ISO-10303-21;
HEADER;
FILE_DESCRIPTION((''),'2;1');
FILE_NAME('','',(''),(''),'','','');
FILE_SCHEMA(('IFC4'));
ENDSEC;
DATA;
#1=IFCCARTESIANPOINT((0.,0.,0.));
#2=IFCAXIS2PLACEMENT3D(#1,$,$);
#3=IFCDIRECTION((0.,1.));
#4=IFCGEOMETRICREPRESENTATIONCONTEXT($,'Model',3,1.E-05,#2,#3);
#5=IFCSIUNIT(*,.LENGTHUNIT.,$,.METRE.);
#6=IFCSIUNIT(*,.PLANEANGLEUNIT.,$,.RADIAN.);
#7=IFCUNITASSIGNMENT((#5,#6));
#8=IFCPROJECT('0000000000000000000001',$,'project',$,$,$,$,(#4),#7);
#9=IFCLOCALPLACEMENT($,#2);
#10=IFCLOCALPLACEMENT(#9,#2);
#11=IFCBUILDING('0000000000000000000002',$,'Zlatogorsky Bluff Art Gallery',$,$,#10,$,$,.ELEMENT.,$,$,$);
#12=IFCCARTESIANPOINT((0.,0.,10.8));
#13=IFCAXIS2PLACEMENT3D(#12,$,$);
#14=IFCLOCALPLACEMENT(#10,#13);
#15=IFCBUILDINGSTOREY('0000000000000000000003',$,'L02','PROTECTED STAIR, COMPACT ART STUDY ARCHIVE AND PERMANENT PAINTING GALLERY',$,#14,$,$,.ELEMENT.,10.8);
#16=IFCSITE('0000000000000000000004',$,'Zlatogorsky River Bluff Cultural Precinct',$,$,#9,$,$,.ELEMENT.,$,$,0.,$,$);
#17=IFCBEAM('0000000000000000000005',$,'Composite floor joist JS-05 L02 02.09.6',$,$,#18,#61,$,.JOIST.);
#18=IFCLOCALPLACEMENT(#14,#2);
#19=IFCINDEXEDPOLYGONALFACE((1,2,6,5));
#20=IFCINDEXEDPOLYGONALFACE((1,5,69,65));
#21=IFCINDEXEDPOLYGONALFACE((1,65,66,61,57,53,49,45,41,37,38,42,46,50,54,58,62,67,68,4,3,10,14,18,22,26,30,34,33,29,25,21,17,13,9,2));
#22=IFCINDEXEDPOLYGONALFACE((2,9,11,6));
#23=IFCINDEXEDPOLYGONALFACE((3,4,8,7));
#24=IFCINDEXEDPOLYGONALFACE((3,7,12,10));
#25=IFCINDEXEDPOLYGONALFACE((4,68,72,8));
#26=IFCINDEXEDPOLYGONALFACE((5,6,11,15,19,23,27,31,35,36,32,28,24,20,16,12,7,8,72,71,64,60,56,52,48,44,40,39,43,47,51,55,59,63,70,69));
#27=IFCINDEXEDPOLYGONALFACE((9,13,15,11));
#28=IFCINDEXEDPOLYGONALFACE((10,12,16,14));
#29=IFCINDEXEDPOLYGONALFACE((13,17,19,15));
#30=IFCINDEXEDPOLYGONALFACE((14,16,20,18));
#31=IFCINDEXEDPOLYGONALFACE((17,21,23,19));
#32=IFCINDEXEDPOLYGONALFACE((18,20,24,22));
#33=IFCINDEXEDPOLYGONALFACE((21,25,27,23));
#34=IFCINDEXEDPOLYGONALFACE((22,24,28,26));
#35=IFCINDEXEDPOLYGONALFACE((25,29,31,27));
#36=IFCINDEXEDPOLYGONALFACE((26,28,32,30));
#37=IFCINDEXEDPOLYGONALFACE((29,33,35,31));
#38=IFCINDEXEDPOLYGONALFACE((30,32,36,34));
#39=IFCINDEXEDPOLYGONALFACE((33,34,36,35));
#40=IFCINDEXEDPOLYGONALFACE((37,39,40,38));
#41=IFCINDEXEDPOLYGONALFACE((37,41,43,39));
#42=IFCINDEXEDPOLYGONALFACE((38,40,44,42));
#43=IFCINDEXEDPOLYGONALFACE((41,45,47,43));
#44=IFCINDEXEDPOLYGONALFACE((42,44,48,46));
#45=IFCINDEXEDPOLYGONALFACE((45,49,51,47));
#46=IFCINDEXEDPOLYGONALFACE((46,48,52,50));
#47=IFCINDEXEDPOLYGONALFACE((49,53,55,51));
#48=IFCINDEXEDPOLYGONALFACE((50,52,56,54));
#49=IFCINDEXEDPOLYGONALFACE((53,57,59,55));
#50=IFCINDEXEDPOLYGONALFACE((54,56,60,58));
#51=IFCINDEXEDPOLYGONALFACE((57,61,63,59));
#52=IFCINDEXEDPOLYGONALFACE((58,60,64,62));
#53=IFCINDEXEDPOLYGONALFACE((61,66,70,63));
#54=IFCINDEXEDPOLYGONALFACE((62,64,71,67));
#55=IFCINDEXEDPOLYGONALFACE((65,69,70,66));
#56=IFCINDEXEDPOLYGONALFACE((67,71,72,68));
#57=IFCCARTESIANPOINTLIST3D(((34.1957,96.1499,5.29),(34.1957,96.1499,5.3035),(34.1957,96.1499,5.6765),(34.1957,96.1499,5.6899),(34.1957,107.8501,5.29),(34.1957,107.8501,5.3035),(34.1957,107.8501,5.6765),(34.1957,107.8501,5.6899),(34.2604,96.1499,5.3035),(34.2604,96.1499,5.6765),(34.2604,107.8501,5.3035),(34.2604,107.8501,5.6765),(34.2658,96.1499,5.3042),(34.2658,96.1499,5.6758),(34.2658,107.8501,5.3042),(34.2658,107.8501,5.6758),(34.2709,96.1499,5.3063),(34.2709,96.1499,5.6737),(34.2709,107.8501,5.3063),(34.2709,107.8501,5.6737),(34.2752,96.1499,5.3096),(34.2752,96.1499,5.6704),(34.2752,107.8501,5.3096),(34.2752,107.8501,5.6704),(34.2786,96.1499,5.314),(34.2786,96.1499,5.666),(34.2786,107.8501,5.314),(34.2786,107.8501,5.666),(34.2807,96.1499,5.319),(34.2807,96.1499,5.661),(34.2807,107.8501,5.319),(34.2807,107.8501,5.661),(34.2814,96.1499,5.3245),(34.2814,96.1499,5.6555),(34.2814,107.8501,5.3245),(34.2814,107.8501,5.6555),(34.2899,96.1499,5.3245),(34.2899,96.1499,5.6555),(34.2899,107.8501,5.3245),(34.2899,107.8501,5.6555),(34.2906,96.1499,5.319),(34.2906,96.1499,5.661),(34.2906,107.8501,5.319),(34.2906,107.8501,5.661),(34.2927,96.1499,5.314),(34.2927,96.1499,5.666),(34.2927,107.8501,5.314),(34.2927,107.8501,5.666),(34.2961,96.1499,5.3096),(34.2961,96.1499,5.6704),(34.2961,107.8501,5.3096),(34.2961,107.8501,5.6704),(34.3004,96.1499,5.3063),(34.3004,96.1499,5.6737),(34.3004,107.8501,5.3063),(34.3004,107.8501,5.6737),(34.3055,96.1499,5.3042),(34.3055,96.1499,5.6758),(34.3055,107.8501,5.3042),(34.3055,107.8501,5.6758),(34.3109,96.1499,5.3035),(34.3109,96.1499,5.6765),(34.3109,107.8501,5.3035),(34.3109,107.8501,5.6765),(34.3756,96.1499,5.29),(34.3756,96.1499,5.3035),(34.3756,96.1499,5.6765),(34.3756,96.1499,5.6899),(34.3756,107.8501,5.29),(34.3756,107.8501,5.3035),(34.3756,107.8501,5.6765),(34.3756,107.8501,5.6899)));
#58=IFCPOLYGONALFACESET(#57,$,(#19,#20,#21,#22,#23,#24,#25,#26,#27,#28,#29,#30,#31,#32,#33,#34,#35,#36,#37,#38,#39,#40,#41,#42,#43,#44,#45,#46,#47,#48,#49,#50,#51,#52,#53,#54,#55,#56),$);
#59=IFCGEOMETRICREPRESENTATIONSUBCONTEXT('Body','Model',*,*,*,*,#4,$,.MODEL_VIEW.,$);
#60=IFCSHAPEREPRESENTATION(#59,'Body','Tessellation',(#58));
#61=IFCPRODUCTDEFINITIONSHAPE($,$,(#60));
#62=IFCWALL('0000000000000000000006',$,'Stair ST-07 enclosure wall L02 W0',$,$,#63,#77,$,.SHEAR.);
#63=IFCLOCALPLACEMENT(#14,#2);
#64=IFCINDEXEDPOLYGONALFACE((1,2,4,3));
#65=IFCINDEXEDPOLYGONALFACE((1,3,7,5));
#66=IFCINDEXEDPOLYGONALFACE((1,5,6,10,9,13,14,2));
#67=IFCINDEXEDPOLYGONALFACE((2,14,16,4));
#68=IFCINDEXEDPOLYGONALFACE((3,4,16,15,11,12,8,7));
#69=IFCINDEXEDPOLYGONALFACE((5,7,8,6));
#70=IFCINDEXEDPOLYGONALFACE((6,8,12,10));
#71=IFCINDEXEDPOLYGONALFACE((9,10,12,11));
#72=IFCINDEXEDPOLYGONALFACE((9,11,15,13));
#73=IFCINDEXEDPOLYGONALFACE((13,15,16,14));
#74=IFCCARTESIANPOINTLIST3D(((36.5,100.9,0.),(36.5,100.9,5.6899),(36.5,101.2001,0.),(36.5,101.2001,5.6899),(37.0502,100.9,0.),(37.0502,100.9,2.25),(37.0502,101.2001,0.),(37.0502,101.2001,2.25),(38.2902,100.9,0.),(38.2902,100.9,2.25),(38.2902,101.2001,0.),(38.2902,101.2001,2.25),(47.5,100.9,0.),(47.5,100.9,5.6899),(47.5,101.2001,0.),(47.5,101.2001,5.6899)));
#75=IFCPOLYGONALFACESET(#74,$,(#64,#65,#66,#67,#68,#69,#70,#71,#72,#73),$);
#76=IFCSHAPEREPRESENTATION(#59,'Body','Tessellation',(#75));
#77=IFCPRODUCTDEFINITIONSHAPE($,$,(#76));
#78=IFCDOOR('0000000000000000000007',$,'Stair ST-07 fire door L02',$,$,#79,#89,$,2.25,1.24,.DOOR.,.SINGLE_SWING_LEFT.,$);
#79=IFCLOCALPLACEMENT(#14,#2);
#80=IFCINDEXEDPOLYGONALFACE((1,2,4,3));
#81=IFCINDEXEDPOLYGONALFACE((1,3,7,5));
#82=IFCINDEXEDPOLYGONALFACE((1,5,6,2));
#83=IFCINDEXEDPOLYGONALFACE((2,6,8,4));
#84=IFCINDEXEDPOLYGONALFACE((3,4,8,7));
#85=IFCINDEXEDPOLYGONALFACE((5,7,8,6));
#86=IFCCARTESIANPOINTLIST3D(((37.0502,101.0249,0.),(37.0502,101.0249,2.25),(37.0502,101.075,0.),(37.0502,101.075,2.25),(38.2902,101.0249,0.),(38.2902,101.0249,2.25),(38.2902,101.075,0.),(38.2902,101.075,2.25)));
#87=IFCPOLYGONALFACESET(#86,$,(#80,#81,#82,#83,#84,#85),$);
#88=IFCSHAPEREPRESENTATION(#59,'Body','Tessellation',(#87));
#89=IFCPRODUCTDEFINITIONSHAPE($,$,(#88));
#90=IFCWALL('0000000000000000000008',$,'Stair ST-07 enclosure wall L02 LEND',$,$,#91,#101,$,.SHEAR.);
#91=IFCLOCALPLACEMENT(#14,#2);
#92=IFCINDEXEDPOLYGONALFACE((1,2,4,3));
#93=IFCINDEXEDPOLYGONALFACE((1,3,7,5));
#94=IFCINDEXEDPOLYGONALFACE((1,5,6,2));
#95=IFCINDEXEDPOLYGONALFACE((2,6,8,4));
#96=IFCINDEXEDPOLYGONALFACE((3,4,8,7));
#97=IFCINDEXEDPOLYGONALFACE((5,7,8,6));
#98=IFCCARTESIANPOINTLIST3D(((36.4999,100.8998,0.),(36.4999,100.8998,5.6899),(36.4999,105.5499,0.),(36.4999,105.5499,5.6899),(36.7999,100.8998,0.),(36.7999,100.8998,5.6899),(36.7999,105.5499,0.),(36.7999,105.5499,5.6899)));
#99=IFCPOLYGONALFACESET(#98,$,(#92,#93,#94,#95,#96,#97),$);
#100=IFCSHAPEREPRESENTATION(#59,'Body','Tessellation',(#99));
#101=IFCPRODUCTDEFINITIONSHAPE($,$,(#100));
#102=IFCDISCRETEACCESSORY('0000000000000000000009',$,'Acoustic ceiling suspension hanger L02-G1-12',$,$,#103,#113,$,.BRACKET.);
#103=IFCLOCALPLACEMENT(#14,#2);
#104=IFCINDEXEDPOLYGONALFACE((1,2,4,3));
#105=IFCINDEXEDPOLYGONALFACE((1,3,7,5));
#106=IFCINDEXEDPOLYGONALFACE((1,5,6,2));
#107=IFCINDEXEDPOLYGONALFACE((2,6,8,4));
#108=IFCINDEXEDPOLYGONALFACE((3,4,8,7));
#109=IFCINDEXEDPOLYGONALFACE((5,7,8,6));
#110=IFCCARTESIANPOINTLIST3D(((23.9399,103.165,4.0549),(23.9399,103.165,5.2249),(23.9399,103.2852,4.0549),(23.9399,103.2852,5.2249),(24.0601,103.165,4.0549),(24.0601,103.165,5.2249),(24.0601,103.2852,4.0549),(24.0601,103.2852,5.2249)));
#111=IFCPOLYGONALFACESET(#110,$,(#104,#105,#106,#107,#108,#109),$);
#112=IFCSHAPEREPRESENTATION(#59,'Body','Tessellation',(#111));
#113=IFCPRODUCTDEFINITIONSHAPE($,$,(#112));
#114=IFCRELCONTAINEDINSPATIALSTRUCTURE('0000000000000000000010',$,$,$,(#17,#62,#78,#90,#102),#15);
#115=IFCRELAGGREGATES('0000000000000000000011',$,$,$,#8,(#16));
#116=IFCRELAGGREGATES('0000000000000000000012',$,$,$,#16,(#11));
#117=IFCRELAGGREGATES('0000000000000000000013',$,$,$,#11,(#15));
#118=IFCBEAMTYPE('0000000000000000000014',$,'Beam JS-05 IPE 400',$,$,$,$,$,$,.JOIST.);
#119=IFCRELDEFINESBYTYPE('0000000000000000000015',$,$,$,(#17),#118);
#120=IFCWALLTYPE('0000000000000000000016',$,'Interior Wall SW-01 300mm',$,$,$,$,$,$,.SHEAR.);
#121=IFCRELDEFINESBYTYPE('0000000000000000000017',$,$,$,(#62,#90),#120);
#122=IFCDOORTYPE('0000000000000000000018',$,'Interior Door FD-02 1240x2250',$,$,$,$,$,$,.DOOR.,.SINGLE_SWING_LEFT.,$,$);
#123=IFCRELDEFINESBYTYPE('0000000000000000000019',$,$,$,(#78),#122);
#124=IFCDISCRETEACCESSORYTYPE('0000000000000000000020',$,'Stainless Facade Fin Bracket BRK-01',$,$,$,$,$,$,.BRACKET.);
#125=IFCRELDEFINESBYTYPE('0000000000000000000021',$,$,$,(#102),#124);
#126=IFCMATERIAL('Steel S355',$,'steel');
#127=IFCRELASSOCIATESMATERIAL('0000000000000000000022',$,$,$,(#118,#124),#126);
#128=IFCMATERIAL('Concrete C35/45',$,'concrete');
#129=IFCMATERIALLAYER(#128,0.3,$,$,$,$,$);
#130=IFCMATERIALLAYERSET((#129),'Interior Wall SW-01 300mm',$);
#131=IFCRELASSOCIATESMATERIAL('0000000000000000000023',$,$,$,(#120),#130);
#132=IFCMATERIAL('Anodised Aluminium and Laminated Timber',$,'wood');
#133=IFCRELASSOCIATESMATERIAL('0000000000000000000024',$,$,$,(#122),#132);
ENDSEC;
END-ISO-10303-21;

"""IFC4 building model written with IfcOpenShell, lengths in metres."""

from ifc_helpers import new_model, si_unit, direction, frame, frame_2d, origin, origin_2d, place, context, subcontext, project, spatial, rectangle, i_section, extrude, material, layer, layer_set, material_profile, profile_set, type_object, element, fill, save


model = new_model("IFC4")

# Units and contexts
model_context = context("Model", 3, precision=1e-05, world=origin(), true_north=direction((0.0, 1.0)))
body_context = subcontext(model_context, "Body", "Model", "MODEL_VIEW")
ifc_project = project(units=[si_unit("LENGTHUNIT", "METRE"), si_unit("PLANEANGLEUNIT", "RADIAN")], contexts=[model_context])

# Site, building, storey
site_placement = place(None, origin())
site = spatial("IfcSite", under=ifc_project, at=site_placement, Name="Zlatogorsky River Bluff Cultural Precinct", CompositionType="ELEMENT", RefElevation=0.0)
building_placement = place(site_placement, origin())
building = spatial("IfcBuilding", under=site, at=building_placement, Name="Zlatogorsky Bluff Art Gallery", CompositionType="ELEMENT")
storey_placement = place(building_placement, frame((0.0, 0.0, 10.8)))
storey = spatial("IfcBuildingStorey", under=building, at=storey_placement, Name="L02", Description="PROTECTED STAIR, COMPACT ART STUDY ARCHIVE AND PERMANENT PAINTING GALLERY", CompositionType="ELEMENT", Elevation=10.8)

# Shared definitions
ifc_material_1 = material(Name="Steel S355", Category="steel")

# Beam
ifc_material_profile_1 = material_profile(ifc_material_1, i_section(OverallWidth=0.1799, OverallDepth=0.3999, WebThickness=0.0085, FlangeThickness=0.0134, FilletRadius=0.021, at=origin_2d()), Name="IPE 400")
ifc_profile_set_1 = profile_set([ifc_material_profile_1], Name="Steel S355")
beam_type_1 = type_object("IfcBeamType", Name="Beam JS-05 IPE 400", PredefinedType="JOIST", material=ifc_profile_set_1)
for number, where, z_axis, x_axis, name in (
    (1, (34.2856, 96.1499, 5.49), (0.0, 1.0, 0.0), (-1.0, 0.0, 0.0), "Composite floor joist JS-05 L02 02.09.6"),
):
    element("IfcBeam", number, at=place(storey_placement, frame(where, z_axis=z_axis, x_axis=x_axis)), inside=storey, type_object=beam_type_1, Name=name, PredefinedType="JOIST", context=body_context, shape_type="SweptSolid", body=[
        extrude(i_section(OverallWidth=0.1799, OverallDepth=0.3999, WebThickness=0.0085, FlangeThickness=0.0134, FilletRadius=0.021, at=origin_2d()), origin(), (0.0, 0.0, 1.0), 11.7002),
    ])

# Wall, opening, door
ifc_material_2 = material(Name="Concrete C35/45", Category="concrete")
ifc_layer = layer(ifc_material_2, 0.3)
ifc_layer_set = layer_set([ifc_layer], Name="Interior Wall SW-01 300mm")
wall_type = type_object("IfcWallType", Name="Interior Wall SW-01 300mm", PredefinedType="SHEAR", material=ifc_layer_set)
wall_1_placement = place(storey_placement, frame((36.5, 101.05, 0.0), z_axis=(0.0, 0.0, 1.0), x_axis=(1.0, 0.0, 0.0)))
wall_1 = element("IfcWall", 2, at=wall_1_placement, inside=storey, type_object=wall_type, Name="Stair ST-07 enclosure wall L02 W0", PredefinedType="SHEAR", context=body_context, shape_type="SweptSolid", body=[
    extrude(rectangle(XDim=11.0, YDim=0.3, at=frame_2d((5.5, 0.0))), origin(), (0.0, 0.0, 1.0), 5.6899),
])
opening_placement = place(wall_1_placement, frame((0.55, 0.0, 0.0)))
opening = element("IfcOpeningElement", 3, at=opening_placement, cuts=wall_1, PredefinedType="OPENING", context=body_context, shape_type="SweptSolid", body=[
    extrude(rectangle(XDim=1.24, YDim=2.25, at=frame_2d((0.6201, 1.125))), frame((0.0, 0.1599, 0.0), z_axis=(0.0, -1.0, 0.0), x_axis=(1.0, 0.0, 0.0)), (0.0, 0.0, 1.0), 0.3201),
])
ifc_material_3 = material(Name="Anodised Aluminium and Laminated Timber", Category="wood")
door_type = type_object("IfcDoorType", Name="Interior Door FD-02 1240x2250", OperationType="SINGLE_SWING_LEFT", PredefinedType="DOOR", material=ifc_material_3)
door_placement = place(opening_placement, origin())
door = element("IfcDoor", 4, at=door_placement, inside=storey, type_object=door_type, Name="Stair ST-07 fire door L02", OperationType="SINGLE_SWING_LEFT", OverallHeight=2.25, OverallWidth=1.24, PredefinedType="DOOR", context=body_context, shape_type="SweptSolid", body=[
    extrude(rectangle(XDim=1.24, YDim=2.25, at=frame_2d((0.6201, 1.125))), frame((0.0, 0.0249, 0.0), z_axis=(0.0, -1.0, 0.0), x_axis=(1.0, 0.0, 0.0)), (0.0, 0.0, 1.0), 0.05),
])
fill(opening, door)

# Wall
wall_2_placement = place(storey_placement, frame((36.6499, 105.55, 0.0), z_axis=(0.0, 0.0, 1.0), x_axis=(0.0, -1.0, 0.0)))
element("IfcWall", 5, at=wall_2_placement, inside=storey, type_object=wall_type, Name="Stair ST-07 enclosure wall L02 LEND", PredefinedType="SHEAR", context=body_context, shape_type="SweptSolid", body=[
    extrude(rectangle(XDim=4.6501, YDim=0.3, at=frame_2d((2.3252, 0.0))), origin(), (0.0, 0.0, 1.0), 5.6899),
])

# Discrete accessory
discrete_accessory_type = type_object("IfcDiscreteAccessoryType", Name="Stainless Facade Fin Bracket BRK-01", PredefinedType="BRACKET", material=ifc_material_1)
discrete_accessory_placement = place(storey_placement, frame((24.0, 103.2251, 4.0549), z_axis=(0.0, 0.0, 1.0), x_axis=(1.0, 0.0, 0.0)))
element("IfcDiscreteAccessory", 6, at=discrete_accessory_placement, inside=storey, type_object=discrete_accessory_type, Name="Acoustic ceiling suspension hanger L02-G1-12", PredefinedType="BRACKET", context=body_context, shape_type="SweptSolid", body=[
    extrude(rectangle(XDim=0.1201, YDim=0.1201, at=origin_2d()), origin(), (0.0, 0.0, 1.0), 1.1699),
])

save(model, "model.ifc")
